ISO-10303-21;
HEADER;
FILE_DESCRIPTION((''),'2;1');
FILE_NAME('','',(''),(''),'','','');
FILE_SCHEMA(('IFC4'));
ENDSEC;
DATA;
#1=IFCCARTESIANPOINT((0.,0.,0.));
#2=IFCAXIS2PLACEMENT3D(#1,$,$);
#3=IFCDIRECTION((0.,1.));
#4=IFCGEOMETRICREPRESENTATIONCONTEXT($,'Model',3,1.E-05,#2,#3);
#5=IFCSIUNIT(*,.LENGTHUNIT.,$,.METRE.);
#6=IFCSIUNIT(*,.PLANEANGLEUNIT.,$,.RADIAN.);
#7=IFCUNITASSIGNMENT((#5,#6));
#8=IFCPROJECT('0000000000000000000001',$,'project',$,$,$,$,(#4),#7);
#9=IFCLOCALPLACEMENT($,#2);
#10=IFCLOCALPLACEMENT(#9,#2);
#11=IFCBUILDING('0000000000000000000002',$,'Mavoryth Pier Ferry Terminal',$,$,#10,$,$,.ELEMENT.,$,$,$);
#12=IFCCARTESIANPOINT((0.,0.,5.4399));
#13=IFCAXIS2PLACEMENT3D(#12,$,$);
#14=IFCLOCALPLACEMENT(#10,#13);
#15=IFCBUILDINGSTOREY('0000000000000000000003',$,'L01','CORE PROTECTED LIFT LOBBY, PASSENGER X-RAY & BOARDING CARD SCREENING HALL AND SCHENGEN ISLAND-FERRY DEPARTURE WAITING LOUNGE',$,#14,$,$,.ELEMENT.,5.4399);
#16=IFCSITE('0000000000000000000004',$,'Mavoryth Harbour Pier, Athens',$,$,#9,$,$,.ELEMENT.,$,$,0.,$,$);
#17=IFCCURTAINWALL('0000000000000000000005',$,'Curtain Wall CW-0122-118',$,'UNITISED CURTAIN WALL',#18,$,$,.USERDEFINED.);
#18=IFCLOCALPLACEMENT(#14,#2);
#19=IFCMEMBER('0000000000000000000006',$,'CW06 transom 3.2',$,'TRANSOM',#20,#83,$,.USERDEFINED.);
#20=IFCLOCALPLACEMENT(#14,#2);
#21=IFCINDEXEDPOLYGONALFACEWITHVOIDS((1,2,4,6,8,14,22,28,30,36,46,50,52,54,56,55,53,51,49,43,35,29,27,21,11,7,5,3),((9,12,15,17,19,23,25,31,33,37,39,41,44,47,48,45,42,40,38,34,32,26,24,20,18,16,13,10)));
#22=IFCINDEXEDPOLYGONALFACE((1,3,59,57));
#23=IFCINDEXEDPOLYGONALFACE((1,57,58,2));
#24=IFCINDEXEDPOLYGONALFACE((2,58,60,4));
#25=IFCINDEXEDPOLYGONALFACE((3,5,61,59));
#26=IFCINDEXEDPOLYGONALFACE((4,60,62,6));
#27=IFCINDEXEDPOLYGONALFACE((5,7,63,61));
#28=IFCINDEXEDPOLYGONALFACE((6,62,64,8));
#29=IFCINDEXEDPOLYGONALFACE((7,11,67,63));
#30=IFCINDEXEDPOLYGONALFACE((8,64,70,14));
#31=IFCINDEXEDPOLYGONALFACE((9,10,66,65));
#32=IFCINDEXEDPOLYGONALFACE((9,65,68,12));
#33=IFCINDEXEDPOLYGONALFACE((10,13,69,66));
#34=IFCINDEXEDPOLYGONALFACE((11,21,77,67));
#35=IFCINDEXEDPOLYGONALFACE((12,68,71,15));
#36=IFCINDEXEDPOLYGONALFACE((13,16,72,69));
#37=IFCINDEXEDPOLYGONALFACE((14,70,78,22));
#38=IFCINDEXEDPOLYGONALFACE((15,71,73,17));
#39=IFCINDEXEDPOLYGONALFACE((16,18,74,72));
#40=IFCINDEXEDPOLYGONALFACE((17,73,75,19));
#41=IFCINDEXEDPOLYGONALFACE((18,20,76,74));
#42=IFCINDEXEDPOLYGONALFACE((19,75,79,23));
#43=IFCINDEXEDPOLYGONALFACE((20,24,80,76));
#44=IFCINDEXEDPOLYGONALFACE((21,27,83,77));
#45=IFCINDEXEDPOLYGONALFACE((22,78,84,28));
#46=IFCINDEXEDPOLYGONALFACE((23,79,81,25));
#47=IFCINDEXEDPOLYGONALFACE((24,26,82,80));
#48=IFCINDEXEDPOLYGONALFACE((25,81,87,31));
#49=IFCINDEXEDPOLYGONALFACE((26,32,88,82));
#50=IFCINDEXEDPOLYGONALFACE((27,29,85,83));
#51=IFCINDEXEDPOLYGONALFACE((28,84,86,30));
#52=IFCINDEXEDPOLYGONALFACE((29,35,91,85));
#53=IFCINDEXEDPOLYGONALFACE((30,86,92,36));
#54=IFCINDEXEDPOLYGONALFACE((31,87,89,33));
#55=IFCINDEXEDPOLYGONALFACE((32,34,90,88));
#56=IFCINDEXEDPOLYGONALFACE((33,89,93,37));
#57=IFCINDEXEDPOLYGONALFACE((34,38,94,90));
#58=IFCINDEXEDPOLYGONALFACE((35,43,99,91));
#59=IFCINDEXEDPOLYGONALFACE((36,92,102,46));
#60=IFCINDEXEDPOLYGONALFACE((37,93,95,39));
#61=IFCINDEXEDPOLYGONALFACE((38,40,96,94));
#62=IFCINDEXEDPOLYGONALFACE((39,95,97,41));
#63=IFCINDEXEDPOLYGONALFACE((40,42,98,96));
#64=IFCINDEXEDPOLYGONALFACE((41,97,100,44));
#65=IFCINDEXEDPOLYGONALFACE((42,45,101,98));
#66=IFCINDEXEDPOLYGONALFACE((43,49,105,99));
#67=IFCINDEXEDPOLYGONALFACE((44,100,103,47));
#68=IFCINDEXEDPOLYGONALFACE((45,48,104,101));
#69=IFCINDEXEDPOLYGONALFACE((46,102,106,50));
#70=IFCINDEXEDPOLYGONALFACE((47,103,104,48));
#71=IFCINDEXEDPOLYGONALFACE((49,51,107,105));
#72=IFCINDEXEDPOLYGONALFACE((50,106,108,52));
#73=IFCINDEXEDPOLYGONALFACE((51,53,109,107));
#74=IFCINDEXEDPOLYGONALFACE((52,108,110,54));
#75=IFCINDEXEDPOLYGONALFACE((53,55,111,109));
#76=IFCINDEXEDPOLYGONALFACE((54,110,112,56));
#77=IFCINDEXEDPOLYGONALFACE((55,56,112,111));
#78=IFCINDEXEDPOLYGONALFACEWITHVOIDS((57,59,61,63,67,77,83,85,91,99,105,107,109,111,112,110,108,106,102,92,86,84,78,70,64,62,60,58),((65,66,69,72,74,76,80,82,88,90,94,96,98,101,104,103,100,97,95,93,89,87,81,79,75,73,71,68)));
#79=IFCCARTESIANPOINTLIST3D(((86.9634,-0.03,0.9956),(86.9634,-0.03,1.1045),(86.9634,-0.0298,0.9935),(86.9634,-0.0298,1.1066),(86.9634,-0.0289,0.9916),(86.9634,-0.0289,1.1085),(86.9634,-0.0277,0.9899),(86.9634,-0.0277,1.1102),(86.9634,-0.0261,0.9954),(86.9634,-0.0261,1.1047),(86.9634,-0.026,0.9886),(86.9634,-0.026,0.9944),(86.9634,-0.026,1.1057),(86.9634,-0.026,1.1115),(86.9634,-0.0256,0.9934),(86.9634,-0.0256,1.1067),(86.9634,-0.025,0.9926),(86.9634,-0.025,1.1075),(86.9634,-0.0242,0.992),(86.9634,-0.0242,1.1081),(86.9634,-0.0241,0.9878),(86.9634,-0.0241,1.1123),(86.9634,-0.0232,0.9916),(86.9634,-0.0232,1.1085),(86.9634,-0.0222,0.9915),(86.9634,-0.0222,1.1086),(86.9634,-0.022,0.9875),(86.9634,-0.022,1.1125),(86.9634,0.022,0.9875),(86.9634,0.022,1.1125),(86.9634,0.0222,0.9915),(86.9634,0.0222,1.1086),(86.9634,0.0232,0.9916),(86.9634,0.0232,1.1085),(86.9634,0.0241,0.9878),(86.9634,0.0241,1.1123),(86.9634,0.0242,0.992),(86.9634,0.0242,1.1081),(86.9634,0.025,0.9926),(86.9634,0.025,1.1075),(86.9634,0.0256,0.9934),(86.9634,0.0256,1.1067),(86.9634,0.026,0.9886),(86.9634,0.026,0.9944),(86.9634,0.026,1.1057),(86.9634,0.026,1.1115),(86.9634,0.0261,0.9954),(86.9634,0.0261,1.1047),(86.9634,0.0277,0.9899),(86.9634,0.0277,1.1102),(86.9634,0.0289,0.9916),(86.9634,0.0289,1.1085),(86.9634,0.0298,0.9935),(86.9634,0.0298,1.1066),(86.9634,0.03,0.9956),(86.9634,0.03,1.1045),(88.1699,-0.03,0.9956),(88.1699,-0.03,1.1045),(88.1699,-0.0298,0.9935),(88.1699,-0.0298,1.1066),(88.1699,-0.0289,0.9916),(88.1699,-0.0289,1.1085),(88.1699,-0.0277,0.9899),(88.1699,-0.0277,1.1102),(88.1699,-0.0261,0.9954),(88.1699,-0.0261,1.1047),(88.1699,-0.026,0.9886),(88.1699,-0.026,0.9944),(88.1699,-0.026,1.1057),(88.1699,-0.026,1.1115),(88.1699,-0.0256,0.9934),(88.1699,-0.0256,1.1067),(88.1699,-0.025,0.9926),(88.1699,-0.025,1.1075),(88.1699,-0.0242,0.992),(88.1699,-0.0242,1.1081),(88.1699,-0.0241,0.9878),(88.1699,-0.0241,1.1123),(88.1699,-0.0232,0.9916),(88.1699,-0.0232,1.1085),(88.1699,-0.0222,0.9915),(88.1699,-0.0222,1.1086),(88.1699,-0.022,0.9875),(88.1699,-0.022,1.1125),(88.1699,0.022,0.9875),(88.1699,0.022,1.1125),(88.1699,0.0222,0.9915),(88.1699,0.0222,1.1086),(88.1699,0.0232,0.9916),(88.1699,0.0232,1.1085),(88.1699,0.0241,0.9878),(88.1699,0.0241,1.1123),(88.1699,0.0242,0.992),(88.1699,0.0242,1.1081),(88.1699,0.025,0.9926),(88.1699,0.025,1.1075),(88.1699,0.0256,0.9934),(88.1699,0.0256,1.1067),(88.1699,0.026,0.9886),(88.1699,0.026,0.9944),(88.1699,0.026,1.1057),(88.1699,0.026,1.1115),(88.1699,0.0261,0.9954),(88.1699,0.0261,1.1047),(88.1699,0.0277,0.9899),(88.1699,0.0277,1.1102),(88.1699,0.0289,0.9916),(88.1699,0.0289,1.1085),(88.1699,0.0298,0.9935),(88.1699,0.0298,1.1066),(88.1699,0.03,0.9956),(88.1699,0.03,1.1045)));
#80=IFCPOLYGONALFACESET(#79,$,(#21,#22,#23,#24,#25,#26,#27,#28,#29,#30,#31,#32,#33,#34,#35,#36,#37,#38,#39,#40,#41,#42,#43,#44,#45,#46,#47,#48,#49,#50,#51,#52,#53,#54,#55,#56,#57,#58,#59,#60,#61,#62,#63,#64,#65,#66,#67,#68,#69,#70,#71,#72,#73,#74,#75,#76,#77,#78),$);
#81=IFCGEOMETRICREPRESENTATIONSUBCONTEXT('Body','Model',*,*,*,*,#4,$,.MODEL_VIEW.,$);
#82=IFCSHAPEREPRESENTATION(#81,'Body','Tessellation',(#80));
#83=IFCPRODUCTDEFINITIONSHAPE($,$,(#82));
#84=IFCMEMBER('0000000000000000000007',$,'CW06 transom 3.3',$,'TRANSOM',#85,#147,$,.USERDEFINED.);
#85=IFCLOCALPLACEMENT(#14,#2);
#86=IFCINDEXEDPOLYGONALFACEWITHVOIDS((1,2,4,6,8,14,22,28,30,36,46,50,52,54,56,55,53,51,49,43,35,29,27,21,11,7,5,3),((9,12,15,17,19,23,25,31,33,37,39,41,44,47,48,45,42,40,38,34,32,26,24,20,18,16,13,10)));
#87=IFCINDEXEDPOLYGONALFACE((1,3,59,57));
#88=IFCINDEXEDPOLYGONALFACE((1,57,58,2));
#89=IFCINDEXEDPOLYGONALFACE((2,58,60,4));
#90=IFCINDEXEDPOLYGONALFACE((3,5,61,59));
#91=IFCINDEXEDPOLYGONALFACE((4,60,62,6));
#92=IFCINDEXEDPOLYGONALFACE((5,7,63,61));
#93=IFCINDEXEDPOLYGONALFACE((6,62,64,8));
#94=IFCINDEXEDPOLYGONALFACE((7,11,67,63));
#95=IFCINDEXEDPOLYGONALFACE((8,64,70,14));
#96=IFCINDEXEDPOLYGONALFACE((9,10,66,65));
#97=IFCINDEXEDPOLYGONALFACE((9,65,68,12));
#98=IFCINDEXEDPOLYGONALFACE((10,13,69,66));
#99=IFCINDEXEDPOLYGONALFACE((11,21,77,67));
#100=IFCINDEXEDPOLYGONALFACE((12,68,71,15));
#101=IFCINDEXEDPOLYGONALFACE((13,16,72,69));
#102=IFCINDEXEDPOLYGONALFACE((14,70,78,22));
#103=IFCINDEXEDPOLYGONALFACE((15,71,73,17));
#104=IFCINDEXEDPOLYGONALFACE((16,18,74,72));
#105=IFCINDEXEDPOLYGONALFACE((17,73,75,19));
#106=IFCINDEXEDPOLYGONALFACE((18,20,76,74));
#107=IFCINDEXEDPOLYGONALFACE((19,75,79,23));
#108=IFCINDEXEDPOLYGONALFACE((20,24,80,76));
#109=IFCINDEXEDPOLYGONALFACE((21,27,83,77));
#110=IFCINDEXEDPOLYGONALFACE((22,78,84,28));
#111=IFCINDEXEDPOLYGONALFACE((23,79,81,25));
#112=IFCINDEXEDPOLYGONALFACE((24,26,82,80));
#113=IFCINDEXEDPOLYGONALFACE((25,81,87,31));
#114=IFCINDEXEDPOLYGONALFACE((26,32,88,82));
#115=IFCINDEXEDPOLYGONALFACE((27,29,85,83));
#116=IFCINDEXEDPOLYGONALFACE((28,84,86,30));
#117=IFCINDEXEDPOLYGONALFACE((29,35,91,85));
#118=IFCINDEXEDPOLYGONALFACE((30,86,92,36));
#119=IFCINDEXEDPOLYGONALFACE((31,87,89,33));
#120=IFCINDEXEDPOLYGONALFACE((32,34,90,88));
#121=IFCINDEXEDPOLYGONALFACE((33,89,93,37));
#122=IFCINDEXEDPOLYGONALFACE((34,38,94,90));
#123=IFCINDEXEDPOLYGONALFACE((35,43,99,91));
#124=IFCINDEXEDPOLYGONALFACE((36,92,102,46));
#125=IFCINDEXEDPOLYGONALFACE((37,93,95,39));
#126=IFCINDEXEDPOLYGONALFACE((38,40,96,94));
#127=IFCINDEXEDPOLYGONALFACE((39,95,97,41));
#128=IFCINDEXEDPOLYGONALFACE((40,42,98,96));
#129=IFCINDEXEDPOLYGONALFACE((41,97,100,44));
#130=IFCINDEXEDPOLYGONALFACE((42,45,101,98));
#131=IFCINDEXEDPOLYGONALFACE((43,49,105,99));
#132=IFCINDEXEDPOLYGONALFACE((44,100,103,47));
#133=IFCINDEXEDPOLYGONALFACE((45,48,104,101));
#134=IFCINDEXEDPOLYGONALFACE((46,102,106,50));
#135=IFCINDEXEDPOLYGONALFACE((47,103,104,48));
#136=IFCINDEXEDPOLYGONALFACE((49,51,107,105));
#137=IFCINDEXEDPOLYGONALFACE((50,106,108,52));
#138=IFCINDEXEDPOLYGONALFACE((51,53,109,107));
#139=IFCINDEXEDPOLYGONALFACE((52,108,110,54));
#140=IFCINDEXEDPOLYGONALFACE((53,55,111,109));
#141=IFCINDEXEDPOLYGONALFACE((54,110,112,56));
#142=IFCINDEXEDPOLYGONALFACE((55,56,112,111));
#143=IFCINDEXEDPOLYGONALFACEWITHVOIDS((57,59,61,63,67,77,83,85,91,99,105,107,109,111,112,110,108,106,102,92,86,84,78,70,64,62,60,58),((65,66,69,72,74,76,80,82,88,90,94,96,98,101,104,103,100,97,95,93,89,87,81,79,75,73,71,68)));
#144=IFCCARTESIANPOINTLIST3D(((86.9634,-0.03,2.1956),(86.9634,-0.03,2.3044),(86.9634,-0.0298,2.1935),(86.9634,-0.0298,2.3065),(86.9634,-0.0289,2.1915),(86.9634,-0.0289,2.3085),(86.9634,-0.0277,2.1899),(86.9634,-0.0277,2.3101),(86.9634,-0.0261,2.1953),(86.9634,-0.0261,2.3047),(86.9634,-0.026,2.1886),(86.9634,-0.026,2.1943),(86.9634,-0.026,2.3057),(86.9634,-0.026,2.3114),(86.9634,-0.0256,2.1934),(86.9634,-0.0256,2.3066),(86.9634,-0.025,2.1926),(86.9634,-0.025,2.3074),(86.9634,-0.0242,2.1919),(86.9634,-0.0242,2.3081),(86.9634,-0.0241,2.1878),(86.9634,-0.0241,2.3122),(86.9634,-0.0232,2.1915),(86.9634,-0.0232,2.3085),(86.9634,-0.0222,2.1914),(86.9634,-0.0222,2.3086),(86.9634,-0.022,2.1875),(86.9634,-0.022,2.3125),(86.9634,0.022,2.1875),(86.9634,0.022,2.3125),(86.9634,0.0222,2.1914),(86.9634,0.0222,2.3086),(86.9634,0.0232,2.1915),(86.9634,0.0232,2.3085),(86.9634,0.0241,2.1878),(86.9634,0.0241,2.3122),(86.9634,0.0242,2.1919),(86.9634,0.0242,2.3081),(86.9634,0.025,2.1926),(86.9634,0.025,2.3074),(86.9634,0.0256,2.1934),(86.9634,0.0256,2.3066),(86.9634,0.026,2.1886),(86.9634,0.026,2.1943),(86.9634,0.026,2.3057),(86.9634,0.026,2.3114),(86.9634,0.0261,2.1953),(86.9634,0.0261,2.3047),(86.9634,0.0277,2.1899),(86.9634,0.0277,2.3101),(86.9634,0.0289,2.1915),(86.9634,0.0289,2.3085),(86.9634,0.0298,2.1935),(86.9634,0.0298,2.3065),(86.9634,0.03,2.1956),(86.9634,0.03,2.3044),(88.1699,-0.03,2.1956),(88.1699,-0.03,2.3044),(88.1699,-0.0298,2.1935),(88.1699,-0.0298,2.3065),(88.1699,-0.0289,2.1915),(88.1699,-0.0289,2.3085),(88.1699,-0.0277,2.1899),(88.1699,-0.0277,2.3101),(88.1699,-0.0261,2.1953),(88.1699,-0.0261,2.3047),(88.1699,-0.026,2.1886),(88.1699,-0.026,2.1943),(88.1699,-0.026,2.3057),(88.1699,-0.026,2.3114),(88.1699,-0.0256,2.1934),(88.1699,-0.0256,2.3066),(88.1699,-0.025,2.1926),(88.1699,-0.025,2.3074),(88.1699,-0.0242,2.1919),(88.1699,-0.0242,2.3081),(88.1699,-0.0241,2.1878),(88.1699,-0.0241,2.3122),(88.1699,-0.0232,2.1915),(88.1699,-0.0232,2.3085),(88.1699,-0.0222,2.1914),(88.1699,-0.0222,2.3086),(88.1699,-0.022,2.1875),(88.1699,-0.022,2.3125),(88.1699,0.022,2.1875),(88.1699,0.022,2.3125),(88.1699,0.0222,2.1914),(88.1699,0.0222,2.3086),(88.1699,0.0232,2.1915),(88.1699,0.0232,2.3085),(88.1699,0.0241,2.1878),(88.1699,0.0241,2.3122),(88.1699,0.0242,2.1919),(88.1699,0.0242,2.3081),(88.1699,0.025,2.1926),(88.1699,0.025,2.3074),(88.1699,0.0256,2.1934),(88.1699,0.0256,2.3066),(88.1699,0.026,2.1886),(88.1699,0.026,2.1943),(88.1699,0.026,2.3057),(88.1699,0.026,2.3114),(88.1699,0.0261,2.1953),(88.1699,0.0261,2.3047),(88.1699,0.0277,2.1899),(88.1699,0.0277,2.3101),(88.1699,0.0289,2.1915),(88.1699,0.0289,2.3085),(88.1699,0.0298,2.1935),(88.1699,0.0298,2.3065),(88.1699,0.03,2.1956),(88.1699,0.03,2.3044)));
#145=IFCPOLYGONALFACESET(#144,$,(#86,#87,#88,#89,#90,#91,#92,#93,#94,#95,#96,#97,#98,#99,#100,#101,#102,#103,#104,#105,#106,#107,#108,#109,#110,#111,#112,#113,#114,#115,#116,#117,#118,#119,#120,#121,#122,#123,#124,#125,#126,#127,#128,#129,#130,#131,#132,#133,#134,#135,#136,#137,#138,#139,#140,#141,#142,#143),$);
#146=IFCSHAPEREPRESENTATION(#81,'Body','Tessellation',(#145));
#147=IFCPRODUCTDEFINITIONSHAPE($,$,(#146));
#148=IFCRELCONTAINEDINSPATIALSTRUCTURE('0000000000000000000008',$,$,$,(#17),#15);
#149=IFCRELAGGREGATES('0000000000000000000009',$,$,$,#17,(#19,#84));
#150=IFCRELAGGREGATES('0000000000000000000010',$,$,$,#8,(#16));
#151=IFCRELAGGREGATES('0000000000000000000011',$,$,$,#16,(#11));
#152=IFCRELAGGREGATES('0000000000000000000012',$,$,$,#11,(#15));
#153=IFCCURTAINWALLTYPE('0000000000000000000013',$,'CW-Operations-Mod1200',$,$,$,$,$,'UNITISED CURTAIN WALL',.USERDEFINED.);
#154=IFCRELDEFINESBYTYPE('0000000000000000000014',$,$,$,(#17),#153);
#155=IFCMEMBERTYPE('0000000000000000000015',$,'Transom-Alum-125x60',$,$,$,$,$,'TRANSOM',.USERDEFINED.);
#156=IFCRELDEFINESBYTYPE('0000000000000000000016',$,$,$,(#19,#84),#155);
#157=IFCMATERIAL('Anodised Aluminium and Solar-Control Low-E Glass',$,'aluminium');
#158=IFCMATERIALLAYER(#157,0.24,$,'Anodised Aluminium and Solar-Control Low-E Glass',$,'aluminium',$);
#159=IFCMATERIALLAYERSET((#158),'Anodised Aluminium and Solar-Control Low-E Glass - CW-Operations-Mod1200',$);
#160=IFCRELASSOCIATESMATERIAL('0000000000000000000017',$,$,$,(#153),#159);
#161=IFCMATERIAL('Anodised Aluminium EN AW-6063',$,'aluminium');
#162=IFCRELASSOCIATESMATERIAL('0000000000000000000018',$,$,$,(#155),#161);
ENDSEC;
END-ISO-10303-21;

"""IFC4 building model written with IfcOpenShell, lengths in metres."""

from ifc_helpers import new_model, si_unit, direction, frame, origin, origin_2d, place, context, subcontext, project, spatial, hollow_rectangle, extrude, material, layer, layer_set, material_profile, profile_set, type_object, element, aggregate, save


model = new_model("IFC4")

# Units and contexts
model_context = context("Model", 3, precision=1e-05, world=origin(), true_north=direction((0.0, 1.0)))
body_context = subcontext(model_context, "Body", "Model", "MODEL_VIEW")
ifc_project = project(units=[si_unit("LENGTHUNIT", "METRE"), si_unit("PLANEANGLEUNIT", "RADIAN")], contexts=[model_context])

# Site, building, storey
site_placement = place(None, origin())
site = spatial("IfcSite", under=ifc_project, at=site_placement, Name="Mavoryth Harbour Pier, Athens", CompositionType="ELEMENT", RefElevation=0.0)
building_placement = place(site_placement, origin())
building = spatial("IfcBuilding", under=site, at=building_placement, Name="Mavoryth Pier Ferry Terminal", CompositionType="ELEMENT")
storey_placement = place(building_placement, frame((0.0, 0.0, 5.4399)))
storey = spatial("IfcBuildingStorey", under=building, at=storey_placement, Name="L01", Description="CORE PROTECTED LIFT LOBBY, PASSENGER X-RAY & BOARDING CARD SCREENING HALL AND SCHENGEN ISLAND-FERRY DEPARTURE WAITING LOUNGE", CompositionType="ELEMENT", Elevation=5.4399)

# Curtain wall, members
ifc_material_1 = material(Name="Anodised Aluminium and Solar-Control Low-E Glass", Category="aluminium")
ifc_layer_1 = layer(ifc_material_1, 0.24, Name="Anodised Aluminium and Solar-Control Low-E Glass", Category="aluminium")
ifc_layer_set_1 = layer_set([ifc_layer_1], Name="Anodised Aluminium and Solar-Control Low-E Glass - CW-Operations-Mod1200")
curtain_wall_type = type_object("IfcCurtainWallType", Name="CW-Operations-Mod1200", ElementType="UNITISED CURTAIN WALL", PredefinedType="USERDEFINED", material=ifc_layer_set_1)
curtain_wall_placement = place(storey_placement, origin())
curtain_wall = element("IfcCurtainWall", 1, at=curtain_wall_placement, inside=storey, type_object=curtain_wall_type, Name="Curtain Wall CW-0122-118", ObjectType="UNITISED CURTAIN WALL", PredefinedType="USERDEFINED")
ifc_material_2 = material(Name="Anodised Aluminium EN AW-6063", Category="aluminium")
ifc_material_profile_1 = material_profile(ifc_material_2, hollow_rectangle(XDim=0.0601, YDim=0.125, WallThickness=0.0039, InnerFilletRadius=0.0039, OuterFilletRadius=0.0081, at=origin_2d()), Name="AL-TRAN 125x60x4", Category="aluminium")
ifc_profile_set_1 = profile_set([ifc_material_profile_1], Name="Anodised Aluminium EN AW-6063 - AL-TRAN 125x60x4")
member_type_1 = type_object("IfcMemberType", Name="Transom-Alum-125x60", ElementType="TRANSOM", PredefinedType="USERDEFINED", material=ifc_profile_set_1)
member_1_placement = place(storey_placement, frame((86.9634, 0.0, 1.05), z_axis=(1.0, 0.0, 0.0), x_axis=(0.0, 1.0, 0.0)))
member_1 = element("IfcMember", 2, at=member_1_placement, type_object=member_type_1, Name="CW06 transom 3.2", ObjectType="TRANSOM", PredefinedType="USERDEFINED", context=body_context, shape_type="SweptSolid", body=[
    extrude(hollow_rectangle(XDim=0.0601, YDim=0.125, WallThickness=0.0039, InnerFilletRadius=0.0039, OuterFilletRadius=0.0081, at=origin_2d()), origin(), (0.0, 0.0, 1.0), 1.2065),
])
member_2_placement = place(storey_placement, frame((86.9634, 0.0, 2.25), z_axis=(1.0, 0.0, 0.0), x_axis=(0.0, 1.0, 0.0)))
member_2 = element("IfcMember", 3, at=member_2_placement, type_object=member_type_1, Name="CW06 transom 3.3", ObjectType="TRANSOM", PredefinedType="USERDEFINED", context=body_context, shape_type="SweptSolid", body=[
    extrude(hollow_rectangle(XDim=0.0601, YDim=0.125, WallThickness=0.0039, InnerFilletRadius=0.0039, OuterFilletRadius=0.0081, at=origin_2d()), origin(), (0.0, 0.0, 1.0), 1.2065),
])
aggregate(curtain_wall, [member_1, member_2])

save(model, "model.ifc")
